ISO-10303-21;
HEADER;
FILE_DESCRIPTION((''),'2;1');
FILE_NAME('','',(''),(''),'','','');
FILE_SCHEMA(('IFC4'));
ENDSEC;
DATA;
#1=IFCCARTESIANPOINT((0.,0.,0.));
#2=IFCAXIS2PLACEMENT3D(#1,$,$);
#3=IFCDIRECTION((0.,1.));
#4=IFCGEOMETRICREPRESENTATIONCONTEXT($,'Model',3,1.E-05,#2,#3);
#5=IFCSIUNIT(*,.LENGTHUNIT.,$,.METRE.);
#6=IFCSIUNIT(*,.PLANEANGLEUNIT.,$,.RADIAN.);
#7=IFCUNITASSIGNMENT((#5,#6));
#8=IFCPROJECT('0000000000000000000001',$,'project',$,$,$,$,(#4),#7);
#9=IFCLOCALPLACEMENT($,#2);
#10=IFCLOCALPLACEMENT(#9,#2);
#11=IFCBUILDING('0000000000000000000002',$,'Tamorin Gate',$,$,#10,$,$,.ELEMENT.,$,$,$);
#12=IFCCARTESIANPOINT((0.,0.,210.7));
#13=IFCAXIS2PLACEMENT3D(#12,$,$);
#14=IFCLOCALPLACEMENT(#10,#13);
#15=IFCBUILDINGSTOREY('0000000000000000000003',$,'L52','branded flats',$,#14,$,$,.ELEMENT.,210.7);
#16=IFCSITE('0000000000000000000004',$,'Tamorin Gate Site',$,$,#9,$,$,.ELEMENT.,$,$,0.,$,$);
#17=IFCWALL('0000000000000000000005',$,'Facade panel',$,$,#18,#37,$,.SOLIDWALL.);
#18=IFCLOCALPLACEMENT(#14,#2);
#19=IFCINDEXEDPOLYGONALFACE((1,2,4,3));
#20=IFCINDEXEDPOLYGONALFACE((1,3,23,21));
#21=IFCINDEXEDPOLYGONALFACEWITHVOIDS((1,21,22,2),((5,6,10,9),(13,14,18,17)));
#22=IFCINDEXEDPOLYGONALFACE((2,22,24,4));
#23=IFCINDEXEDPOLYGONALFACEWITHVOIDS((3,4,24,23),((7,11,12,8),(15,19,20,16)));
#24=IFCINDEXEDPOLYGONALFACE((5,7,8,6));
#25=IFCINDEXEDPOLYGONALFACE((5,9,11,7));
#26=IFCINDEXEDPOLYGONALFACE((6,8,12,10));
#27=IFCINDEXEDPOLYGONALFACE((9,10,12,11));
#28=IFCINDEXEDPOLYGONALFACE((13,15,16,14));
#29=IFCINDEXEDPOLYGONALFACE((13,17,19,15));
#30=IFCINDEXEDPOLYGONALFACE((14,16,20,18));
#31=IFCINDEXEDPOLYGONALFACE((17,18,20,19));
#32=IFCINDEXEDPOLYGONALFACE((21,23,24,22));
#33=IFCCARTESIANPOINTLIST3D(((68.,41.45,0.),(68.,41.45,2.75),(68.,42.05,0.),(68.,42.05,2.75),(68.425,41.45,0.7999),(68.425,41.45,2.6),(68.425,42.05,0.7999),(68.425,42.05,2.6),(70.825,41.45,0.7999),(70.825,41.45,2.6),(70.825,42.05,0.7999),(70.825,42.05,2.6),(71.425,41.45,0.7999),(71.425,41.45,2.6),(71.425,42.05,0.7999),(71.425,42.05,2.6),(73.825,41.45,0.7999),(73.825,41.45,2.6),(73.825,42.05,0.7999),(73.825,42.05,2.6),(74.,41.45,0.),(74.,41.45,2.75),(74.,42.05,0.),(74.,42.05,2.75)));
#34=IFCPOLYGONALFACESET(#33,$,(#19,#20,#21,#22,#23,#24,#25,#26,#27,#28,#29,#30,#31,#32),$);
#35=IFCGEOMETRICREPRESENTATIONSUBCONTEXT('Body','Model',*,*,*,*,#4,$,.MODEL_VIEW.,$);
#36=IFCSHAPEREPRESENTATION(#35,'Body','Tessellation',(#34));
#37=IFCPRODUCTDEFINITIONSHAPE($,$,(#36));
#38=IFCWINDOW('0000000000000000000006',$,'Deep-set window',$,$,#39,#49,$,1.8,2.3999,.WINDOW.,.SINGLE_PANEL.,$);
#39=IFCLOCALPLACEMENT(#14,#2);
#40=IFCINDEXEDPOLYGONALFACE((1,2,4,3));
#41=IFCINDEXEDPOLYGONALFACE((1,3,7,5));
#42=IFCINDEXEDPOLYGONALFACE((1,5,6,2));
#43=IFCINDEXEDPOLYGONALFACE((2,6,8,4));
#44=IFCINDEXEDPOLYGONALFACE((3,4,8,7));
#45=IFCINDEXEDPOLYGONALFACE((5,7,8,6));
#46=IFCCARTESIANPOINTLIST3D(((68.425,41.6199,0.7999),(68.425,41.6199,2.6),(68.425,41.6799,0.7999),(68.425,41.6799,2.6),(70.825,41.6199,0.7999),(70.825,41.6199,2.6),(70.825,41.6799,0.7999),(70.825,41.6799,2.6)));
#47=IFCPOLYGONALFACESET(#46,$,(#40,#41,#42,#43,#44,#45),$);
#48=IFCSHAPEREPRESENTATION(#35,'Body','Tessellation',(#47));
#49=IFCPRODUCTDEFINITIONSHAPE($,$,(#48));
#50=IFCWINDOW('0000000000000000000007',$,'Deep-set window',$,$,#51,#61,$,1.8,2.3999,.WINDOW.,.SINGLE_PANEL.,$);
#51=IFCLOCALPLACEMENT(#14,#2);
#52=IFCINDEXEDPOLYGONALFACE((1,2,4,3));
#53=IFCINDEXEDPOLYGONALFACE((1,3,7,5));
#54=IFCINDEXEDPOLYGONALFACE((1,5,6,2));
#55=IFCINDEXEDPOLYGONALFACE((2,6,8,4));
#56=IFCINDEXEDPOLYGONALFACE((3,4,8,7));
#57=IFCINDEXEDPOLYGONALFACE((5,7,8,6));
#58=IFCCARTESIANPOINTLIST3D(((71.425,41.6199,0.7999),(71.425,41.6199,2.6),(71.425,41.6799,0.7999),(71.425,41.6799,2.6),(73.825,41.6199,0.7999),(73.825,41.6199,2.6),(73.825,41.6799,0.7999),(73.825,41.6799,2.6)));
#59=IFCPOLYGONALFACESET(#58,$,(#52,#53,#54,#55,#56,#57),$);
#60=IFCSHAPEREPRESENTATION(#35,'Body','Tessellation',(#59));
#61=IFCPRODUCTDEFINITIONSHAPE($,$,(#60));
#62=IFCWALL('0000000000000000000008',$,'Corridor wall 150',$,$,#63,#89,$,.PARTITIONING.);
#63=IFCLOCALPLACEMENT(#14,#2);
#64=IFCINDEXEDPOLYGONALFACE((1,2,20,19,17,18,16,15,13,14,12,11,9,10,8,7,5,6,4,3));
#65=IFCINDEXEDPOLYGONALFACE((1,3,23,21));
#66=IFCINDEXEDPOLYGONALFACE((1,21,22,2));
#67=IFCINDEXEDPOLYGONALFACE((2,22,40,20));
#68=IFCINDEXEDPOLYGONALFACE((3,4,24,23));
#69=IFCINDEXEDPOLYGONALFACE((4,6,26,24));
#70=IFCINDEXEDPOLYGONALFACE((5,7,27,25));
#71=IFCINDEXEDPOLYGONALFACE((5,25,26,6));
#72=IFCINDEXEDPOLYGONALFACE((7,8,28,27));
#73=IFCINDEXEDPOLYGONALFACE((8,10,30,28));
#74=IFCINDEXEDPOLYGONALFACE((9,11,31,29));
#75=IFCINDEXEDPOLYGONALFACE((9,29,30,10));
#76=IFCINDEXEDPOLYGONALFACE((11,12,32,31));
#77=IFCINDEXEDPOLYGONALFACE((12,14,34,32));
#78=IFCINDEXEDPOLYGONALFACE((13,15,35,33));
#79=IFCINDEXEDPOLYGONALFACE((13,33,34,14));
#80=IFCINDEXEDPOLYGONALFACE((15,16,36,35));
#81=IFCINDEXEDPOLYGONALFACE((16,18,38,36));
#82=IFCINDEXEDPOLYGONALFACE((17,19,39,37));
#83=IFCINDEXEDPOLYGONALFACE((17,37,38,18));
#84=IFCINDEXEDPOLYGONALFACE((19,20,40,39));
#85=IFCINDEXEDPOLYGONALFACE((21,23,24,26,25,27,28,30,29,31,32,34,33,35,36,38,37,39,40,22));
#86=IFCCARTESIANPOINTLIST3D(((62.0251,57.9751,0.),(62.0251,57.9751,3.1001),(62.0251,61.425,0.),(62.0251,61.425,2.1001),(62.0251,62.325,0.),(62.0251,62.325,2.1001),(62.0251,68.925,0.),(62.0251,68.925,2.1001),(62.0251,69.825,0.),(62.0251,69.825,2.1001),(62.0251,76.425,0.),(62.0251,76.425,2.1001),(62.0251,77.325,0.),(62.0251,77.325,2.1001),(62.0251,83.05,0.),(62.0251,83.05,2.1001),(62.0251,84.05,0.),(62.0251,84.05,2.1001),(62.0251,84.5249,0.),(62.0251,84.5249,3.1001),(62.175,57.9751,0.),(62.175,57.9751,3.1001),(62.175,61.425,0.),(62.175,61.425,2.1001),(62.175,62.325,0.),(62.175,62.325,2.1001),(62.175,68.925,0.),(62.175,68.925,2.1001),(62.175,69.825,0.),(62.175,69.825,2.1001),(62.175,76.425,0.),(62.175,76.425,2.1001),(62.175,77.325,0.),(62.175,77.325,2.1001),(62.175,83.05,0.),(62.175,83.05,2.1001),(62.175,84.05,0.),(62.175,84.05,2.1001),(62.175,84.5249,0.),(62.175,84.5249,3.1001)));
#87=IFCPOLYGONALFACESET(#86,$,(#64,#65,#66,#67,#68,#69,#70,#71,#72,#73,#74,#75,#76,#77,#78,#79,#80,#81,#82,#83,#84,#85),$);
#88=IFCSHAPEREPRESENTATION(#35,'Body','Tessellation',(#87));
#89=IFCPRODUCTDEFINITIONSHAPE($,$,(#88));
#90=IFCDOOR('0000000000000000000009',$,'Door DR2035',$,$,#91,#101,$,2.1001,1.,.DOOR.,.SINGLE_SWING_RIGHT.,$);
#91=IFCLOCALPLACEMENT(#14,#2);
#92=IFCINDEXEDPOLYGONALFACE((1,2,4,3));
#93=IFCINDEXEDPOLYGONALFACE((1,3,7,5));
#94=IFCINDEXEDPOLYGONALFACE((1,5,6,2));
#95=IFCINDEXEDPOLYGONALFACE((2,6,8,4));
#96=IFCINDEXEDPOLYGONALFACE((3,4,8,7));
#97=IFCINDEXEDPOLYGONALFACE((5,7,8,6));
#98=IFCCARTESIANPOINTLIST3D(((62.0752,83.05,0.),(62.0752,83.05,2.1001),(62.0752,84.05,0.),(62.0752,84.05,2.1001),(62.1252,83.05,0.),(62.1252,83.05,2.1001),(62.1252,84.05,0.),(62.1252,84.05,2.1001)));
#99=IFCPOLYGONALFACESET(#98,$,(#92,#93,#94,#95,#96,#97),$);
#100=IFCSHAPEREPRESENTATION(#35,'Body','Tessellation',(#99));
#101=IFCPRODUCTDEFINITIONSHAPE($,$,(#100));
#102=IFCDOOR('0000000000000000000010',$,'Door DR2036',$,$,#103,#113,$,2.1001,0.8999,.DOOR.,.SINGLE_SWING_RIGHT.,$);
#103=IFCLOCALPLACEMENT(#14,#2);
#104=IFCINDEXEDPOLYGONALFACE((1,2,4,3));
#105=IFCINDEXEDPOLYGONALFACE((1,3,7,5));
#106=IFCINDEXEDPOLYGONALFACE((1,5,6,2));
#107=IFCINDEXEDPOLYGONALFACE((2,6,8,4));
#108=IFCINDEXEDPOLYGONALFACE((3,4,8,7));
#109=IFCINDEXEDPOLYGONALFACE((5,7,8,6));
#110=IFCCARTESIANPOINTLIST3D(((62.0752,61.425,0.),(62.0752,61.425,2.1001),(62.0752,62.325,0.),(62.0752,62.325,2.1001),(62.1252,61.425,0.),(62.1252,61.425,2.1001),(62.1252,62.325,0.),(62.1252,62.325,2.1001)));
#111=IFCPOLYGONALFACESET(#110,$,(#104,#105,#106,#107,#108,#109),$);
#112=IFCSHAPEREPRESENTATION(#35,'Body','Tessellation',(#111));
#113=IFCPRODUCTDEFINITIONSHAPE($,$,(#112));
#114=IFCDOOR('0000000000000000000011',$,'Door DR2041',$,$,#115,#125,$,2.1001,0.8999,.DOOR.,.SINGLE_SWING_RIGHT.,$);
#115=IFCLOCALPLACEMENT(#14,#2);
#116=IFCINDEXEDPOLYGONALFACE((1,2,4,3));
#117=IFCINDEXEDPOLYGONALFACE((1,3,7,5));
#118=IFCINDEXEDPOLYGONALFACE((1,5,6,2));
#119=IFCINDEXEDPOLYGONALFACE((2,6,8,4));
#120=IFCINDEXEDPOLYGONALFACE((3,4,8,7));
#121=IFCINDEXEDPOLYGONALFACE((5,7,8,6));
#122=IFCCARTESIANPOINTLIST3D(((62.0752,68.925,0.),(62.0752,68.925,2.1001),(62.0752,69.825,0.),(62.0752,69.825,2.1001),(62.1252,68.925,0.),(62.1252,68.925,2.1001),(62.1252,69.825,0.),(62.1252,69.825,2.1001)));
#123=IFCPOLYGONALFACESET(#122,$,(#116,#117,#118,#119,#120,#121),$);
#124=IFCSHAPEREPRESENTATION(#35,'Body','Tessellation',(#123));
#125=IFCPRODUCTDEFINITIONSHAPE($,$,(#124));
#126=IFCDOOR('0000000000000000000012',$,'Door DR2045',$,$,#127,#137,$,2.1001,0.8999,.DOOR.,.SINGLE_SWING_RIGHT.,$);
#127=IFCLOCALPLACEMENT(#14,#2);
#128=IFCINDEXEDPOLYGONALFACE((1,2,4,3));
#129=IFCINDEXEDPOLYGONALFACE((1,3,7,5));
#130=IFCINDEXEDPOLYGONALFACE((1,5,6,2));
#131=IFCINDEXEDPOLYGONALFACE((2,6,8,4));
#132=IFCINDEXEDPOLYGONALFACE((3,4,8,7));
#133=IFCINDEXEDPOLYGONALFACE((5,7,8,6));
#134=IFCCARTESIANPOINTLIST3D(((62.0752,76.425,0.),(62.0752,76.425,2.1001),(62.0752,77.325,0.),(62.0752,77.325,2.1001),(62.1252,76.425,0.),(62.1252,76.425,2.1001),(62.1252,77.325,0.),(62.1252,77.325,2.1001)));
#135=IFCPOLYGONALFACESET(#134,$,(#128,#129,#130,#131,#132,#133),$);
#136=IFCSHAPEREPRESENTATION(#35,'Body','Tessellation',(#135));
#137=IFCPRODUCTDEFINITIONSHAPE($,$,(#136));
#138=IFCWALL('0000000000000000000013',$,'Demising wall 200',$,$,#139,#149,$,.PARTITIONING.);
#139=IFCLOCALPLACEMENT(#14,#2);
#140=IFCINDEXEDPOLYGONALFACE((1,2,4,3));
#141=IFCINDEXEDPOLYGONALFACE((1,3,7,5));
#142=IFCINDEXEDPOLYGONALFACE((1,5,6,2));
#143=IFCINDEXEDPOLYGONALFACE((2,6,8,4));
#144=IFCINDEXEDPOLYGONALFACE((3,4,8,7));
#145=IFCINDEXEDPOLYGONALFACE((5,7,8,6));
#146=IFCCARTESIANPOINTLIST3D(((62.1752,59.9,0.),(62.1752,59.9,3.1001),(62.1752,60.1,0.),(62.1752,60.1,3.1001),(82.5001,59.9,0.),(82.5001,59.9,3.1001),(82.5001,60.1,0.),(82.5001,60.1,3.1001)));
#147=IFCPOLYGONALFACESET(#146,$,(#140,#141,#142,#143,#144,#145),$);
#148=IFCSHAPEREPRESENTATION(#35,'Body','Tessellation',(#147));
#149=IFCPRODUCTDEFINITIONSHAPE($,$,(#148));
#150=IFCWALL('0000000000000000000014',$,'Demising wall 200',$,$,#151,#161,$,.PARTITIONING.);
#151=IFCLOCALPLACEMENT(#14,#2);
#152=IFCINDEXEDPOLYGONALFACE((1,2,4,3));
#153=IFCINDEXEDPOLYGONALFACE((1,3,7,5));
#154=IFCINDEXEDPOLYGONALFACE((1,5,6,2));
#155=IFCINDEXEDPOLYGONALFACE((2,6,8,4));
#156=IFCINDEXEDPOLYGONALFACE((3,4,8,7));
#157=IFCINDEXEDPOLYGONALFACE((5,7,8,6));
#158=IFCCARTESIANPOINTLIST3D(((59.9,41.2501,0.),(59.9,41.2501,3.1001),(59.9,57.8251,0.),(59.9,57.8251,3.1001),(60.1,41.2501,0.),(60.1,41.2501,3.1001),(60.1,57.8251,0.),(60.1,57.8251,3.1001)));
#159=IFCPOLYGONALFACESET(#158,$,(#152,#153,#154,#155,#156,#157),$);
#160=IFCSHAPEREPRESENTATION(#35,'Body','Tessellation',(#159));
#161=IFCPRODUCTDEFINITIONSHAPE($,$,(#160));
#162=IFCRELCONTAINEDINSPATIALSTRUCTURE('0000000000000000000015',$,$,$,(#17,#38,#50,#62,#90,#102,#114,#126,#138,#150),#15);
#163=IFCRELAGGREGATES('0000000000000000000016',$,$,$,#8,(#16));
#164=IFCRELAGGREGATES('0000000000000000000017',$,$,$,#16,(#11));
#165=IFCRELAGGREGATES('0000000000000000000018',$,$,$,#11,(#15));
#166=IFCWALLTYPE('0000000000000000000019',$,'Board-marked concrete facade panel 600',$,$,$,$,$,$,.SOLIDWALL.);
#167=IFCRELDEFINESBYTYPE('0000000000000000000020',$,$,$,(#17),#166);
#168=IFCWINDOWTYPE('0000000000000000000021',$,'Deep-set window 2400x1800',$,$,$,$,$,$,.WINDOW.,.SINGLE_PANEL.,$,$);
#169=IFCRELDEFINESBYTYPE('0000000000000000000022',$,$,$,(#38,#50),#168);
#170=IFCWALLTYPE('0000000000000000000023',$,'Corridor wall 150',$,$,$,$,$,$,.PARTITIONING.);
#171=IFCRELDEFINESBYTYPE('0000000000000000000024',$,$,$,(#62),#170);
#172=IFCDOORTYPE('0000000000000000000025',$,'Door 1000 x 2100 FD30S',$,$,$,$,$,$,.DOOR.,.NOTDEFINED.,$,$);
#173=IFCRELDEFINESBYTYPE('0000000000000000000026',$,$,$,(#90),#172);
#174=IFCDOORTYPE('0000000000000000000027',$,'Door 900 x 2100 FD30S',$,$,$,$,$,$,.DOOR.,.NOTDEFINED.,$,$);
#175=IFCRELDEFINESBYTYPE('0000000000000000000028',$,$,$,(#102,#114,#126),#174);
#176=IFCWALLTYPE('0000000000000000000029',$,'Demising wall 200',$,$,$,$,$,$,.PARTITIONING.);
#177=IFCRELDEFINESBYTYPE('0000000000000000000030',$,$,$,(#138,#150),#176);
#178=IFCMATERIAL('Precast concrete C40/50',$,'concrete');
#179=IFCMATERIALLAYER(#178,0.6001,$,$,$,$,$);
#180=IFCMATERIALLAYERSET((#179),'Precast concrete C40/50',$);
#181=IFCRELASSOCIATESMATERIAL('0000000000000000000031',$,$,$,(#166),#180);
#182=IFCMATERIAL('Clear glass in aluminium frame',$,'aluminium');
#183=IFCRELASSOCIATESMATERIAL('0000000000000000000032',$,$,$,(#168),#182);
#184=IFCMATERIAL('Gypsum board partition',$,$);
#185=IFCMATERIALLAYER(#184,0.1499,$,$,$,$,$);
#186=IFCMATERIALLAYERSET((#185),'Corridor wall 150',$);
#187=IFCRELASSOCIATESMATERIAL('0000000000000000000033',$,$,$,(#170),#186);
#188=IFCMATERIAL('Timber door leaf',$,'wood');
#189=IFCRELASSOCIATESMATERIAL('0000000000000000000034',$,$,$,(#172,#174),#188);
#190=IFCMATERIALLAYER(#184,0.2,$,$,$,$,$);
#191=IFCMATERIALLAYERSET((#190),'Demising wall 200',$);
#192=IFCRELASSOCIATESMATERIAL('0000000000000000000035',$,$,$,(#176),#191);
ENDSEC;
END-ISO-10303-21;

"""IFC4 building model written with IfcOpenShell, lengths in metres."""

from ifc_helpers import new_model, si_unit, direction, frame, frame_2d, origin, place, context, subcontext, project, spatial, rectangle, extrude, material, layer, layer_set, type_object, element, fill, save


model = new_model("IFC4")

# Units and contexts
model_context = context("Model", 3, precision=1e-05, world=origin(), true_north=direction((0.0, 1.0)))
body_context = subcontext(model_context, "Body", "Model", "MODEL_VIEW")
ifc_project = project(units=[si_unit("LENGTHUNIT", "METRE"), si_unit("PLANEANGLEUNIT", "RADIAN")], contexts=[model_context])

# Site, building, storey
site_placement = place(None, origin())
site = spatial("IfcSite", under=ifc_project, at=site_placement, Name="Tamorin Gate Site", CompositionType="ELEMENT", RefElevation=0.0)
building_placement = place(site_placement, origin())
building = spatial("IfcBuilding", under=site, at=building_placement, Name="Tamorin Gate", CompositionType="ELEMENT")
storey_placement = place(building_placement, frame((0.0, 0.0, 210.7)))
storey = spatial("IfcBuildingStorey", under=building, at=storey_placement, Name="L52", Description="branded flats", CompositionType="ELEMENT", Elevation=210.7)

# Wall, openings, windows
ifc_material_1 = material(Name="Precast concrete C40/50", Category="concrete")
ifc_layer_1 = layer(ifc_material_1, 0.6001)
ifc_layer_set_1 = layer_set([ifc_layer_1], Name="Precast concrete C40/50")
wall_type_1 = type_object("IfcWallType", Name="Board-marked concrete facade panel 600", PredefinedType="SOLIDWALL", material=ifc_layer_set_1)
ifc_material_2 = material(Name="Clear glass in aluminium frame", Category="aluminium")
window_type = type_object("IfcWindowType", Name="Deep-set window 2400x1800", PartitioningType="SINGLE_PANEL", PredefinedType="WINDOW", material=ifc_material_2)
wall_1_placement = place(storey_placement, frame((68.0, 41.75, 0.0), z_axis=(0.0, 0.0, 1.0), x_axis=(1.0, 0.0, 0.0)))
wall_1 = element("IfcWall", 1, at=wall_1_placement, inside=storey, type_object=wall_type_1, Name="Facade panel", PredefinedType="SOLIDWALL", context=body_context, shape_type="SweptSolid", body=[
    extrude(rectangle(XDim=6.0, YDim=0.6001, at=frame_2d((3.0, 0.0))), origin(), (0.0, 0.0, 1.0), 2.75),
])
opening_1_placement = place(wall_1_placement, frame((0.425, 0.0, 0.8)))
opening_1 = element("IfcOpeningElement", 2, at=opening_1_placement, cuts=wall_1, PredefinedType="OPENING", context=body_context, shape_type="SweptSolid", body=[
    extrude(rectangle(XDim=2.3999, YDim=1.8, at=frame_2d((1.2, 0.8999))), frame((0.0, 0.3101, 0.0), z_axis=(0.0, -1.0, 0.0), x_axis=(1.0, 0.0, 0.0)), (0.0, 0.0, 1.0), 0.6201),
])
opening_2_placement = place(wall_1_placement, frame((3.425, 0.0, 0.8)))
opening_2 = element("IfcOpeningElement", 3, at=opening_2_placement, cuts=wall_1, PredefinedType="OPENING", context=body_context, shape_type="SweptSolid", body=[
    extrude(rectangle(XDim=2.3999, YDim=1.8, at=frame_2d((1.2, 0.8999))), frame((0.0, 0.3101, 0.0), z_axis=(0.0, -1.0, 0.0), x_axis=(1.0, 0.0, 0.0)), (0.0, 0.0, 1.0), 0.6201),
])
window_1_placement = place(opening_1_placement, origin())
window_1 = element("IfcWindow", 4, at=window_1_placement, inside=storey, type_object=window_type, Name="Deep-set window", OverallHeight=1.8, OverallWidth=2.3999, PartitioningType="SINGLE_PANEL", PredefinedType="WINDOW", context=body_context, shape_type="SweptSolid", body=[
    extrude(rectangle(XDim=2.3999, YDim=1.8, at=frame_2d((1.2, 0.8999))), frame((0.0, -0.0701, 0.0), z_axis=(0.0, -1.0, 0.0), x_axis=(1.0, 0.0, 0.0)), (0.0, 0.0, 1.0), 0.0601),
])
fill(opening_1, window_1)
window_2_placement = place(opening_2_placement, origin())
window_2 = element("IfcWindow", 5, at=window_2_placement, inside=storey, type_object=window_type, Name="Deep-set window", OverallHeight=1.8, OverallWidth=2.3999, PartitioningType="SINGLE_PANEL", PredefinedType="WINDOW", context=body_context, shape_type="SweptSolid", body=[
    extrude(rectangle(XDim=2.3999, YDim=1.8, at=frame_2d((1.2, 0.8999))), frame((0.0, -0.0701, 0.0), z_axis=(0.0, -1.0, 0.0), x_axis=(1.0, 0.0, 0.0)), (0.0, 0.0, 1.0), 0.0601),
])
fill(opening_2, window_2)

# Wall, openings, doors
ifc_material_3 = material(Name="Gypsum board partition")
ifc_layer_2 = layer(ifc_material_3, 0.1499)
ifc_layer_set_2 = layer_set([ifc_layer_2], Name="Corridor wall 150")
wall_type_2 = type_object("IfcWallType", Name="Corridor wall 150", PredefinedType="PARTITIONING", material=ifc_layer_set_2)
wall_2_placement = place(storey_placement, frame((62.1001, 57.9751, 0.0), z_axis=(0.0, 0.0, 1.0), x_axis=(0.0, 1.0, 0.0)))
wall_2 = element("IfcWall", 6, at=wall_2_placement, inside=storey, type_object=wall_type_2, Name="Corridor wall 150", PredefinedType="PARTITIONING", context=body_context, shape_type="SweptSolid", body=[
    extrude(rectangle(XDim=26.5498, YDim=0.1499, at=frame_2d((13.2749, 0.0))), origin(), (0.0, 0.0, 1.0), 3.1001),
])
opening_3_placement = place(wall_2_placement, frame((25.075, 0.0, 0.0)))
opening_3 = element("IfcOpeningElement", 7, at=opening_3_placement, cuts=wall_2, PredefinedType="OPENING", context=body_context, shape_type="SweptSolid", body=[
    extrude(rectangle(XDim=1.0, YDim=2.1001, at=frame_2d((0.5, 1.05))), frame((0.0, 0.085, 0.0), z_axis=(0.0, -1.0, 0.0), x_axis=(1.0, 0.0, 0.0)), (0.0, 0.0, 1.0), 0.1699),
])
opening_4_placement = place(wall_2_placement, frame((3.45, 0.0, 0.0)))
opening_4 = element("IfcOpeningElement", 8, at=opening_4_placement, cuts=wall_2, PredefinedType="OPENING", context=body_context, shape_type="SweptSolid", body=[
    extrude(rectangle(XDim=0.8999, YDim=2.1001, at=frame_2d((0.45, 1.05))), frame((0.0, 0.085, 0.0), z_axis=(0.0, -1.0, 0.0), x_axis=(1.0, 0.0, 0.0)), (0.0, 0.0, 1.0), 0.1699),
])
opening_5_placement = place(wall_2_placement, frame((10.95, 0.0, 0.0)))
opening_5 = element("IfcOpeningElement", 9, at=opening_5_placement, cuts=wall_2, PredefinedType="OPENING", context=body_context, shape_type="SweptSolid", body=[
    extrude(rectangle(XDim=0.8999, YDim=2.1001, at=frame_2d((0.45, 1.05))), frame((0.0, 0.085, 0.0), z_axis=(0.0, -1.0, 0.0), x_axis=(1.0, 0.0, 0.0)), (0.0, 0.0, 1.0), 0.1699),
])
opening_6_placement = place(wall_2_placement, frame((18.45, 0.0, 0.0)))
opening_6 = element("IfcOpeningElement", 10, at=opening_6_placement, cuts=wall_2, PredefinedType="OPENING", context=body_context, shape_type="SweptSolid", body=[
    extrude(rectangle(XDim=0.8999, YDim=2.1001, at=frame_2d((0.45, 1.05))), frame((0.0, 0.085, 0.0), z_axis=(0.0, -1.0, 0.0), x_axis=(1.0, 0.0, 0.0)), (0.0, 0.0, 1.0), 0.1699),
])
ifc_material_4 = material(Name="Timber door leaf", Category="wood")
door_type_1 = type_object("IfcDoorType", Name="Door 1000 x 2100 FD30S", OperationType="NOTDEFINED", PredefinedType="DOOR", material=ifc_material_4)
door_1_placement = place(opening_3_placement, origin())
door_1 = element("IfcDoor", 11, at=door_1_placement, inside=storey, type_object=door_type_1, Name="Door DR2035", OperationType="SINGLE_SWING_RIGHT", OverallHeight=2.1001, OverallWidth=1.0, PredefinedType="DOOR", context=body_context, shape_type="SweptSolid", body=[
    extrude(rectangle(XDim=1.0, YDim=2.1001, at=frame_2d((0.5, 1.05))), frame((0.0, 0.0249, 0.0), z_axis=(0.0, -1.0, 0.0), x_axis=(1.0, 0.0, 0.0)), (0.0, 0.0, 1.0), 0.05),
])
fill(opening_3, door_1)
door_type_2 = type_object("IfcDoorType", Name="Door 900 x 2100 FD30S", OperationType="NOTDEFINED", PredefinedType="DOOR", material=ifc_material_4)
door_2_placement = place(opening_4_placement, origin())
door_2 = element("IfcDoor", 12, at=door_2_placement, inside=storey, type_object=door_type_2, Name="Door DR2036", OperationType="SINGLE_SWING_RIGHT", OverallHeight=2.1001, OverallWidth=0.8999, PredefinedType="DOOR", context=body_context, shape_type="SweptSolid", body=[
    extrude(rectangle(XDim=0.8999, YDim=2.1001, at=frame_2d((0.45, 1.05))), frame((0.0, 0.0249, 0.0), z_axis=(0.0, -1.0, 0.0), x_axis=(1.0, 0.0, 0.0)), (0.0, 0.0, 1.0), 0.05),
])
fill(opening_4, door_2)
door_3_placement = place(opening_5_placement, origin())
door_3 = element("IfcDoor", 13, at=door_3_placement, inside=storey, type_object=door_type_2, Name="Door DR2041", OperationType="SINGLE_SWING_RIGHT", OverallHeight=2.1001, OverallWidth=0.8999, PredefinedType="DOOR", context=body_context, shape_type="SweptSolid", body=[
    extrude(rectangle(XDim=0.8999, YDim=2.1001, at=frame_2d((0.45, 1.05))), frame((0.0, 0.0249, 0.0), z_axis=(0.0, -1.0, 0.0), x_axis=(1.0, 0.0, 0.0)), (0.0, 0.0, 1.0), 0.05),
])
fill(opening_5, door_3)
door_4_placement = place(opening_6_placement, origin())
door_4 = element("IfcDoor", 14, at=door_4_placement, inside=storey, type_object=door_type_2, Name="Door DR2045", OperationType="SINGLE_SWING_RIGHT", OverallHeight=2.1001, OverallWidth=0.8999, PredefinedType="DOOR", context=body_context, shape_type="SweptSolid", body=[
    extrude(rectangle(XDim=0.8999, YDim=2.1001, at=frame_2d((0.45, 1.05))), frame((0.0, 0.0249, 0.0), z_axis=(0.0, -1.0, 0.0), x_axis=(1.0, 0.0, 0.0)), (0.0, 0.0, 1.0), 0.05),
])
fill(opening_6, door_4)

# Walls
ifc_layer_3 = layer(ifc_material_3, 0.2)
ifc_layer_set_3 = layer_set([ifc_layer_3], Name="Demising wall 200")
wall_type_3 = type_object("IfcWallType", Name="Demising wall 200", PredefinedType="PARTITIONING", material=ifc_layer_set_3)
wall_3_placement = place(storey_placement, frame((62.175, 60.0, 0.0), z_axis=(0.0, 0.0, 1.0), x_axis=(1.0, 0.0, 0.0)))
element("IfcWall", 15, at=wall_3_placement, inside=storey, type_object=wall_type_3, Name="Demising wall 200", PredefinedType="PARTITIONING", context=body_context, shape_type="SweptSolid", body=[
    extrude(rectangle(XDim=20.325, YDim=0.2, at=frame_2d((10.1626, 0.0))), origin(), (0.0, 0.0, 1.0), 3.1001),
])
wall_4_placement = place(storey_placement, frame((60.0, 41.25, 0.0), z_axis=(0.0, 0.0, 1.0), x_axis=(0.0, 1.0, 0.0)))
element("IfcWall", 16, at=wall_4_placement, inside=storey, type_object=wall_type_3, Name="Demising wall 200", PredefinedType="PARTITIONING", context=body_context, shape_type="SweptSolid", body=[
    extrude(rectangle(XDim=16.575, YDim=0.2, at=frame_2d((8.2876, 0.0))), origin(), (0.0, 0.0, 1.0), 3.1001),
])

save(model, "model.ifc")
